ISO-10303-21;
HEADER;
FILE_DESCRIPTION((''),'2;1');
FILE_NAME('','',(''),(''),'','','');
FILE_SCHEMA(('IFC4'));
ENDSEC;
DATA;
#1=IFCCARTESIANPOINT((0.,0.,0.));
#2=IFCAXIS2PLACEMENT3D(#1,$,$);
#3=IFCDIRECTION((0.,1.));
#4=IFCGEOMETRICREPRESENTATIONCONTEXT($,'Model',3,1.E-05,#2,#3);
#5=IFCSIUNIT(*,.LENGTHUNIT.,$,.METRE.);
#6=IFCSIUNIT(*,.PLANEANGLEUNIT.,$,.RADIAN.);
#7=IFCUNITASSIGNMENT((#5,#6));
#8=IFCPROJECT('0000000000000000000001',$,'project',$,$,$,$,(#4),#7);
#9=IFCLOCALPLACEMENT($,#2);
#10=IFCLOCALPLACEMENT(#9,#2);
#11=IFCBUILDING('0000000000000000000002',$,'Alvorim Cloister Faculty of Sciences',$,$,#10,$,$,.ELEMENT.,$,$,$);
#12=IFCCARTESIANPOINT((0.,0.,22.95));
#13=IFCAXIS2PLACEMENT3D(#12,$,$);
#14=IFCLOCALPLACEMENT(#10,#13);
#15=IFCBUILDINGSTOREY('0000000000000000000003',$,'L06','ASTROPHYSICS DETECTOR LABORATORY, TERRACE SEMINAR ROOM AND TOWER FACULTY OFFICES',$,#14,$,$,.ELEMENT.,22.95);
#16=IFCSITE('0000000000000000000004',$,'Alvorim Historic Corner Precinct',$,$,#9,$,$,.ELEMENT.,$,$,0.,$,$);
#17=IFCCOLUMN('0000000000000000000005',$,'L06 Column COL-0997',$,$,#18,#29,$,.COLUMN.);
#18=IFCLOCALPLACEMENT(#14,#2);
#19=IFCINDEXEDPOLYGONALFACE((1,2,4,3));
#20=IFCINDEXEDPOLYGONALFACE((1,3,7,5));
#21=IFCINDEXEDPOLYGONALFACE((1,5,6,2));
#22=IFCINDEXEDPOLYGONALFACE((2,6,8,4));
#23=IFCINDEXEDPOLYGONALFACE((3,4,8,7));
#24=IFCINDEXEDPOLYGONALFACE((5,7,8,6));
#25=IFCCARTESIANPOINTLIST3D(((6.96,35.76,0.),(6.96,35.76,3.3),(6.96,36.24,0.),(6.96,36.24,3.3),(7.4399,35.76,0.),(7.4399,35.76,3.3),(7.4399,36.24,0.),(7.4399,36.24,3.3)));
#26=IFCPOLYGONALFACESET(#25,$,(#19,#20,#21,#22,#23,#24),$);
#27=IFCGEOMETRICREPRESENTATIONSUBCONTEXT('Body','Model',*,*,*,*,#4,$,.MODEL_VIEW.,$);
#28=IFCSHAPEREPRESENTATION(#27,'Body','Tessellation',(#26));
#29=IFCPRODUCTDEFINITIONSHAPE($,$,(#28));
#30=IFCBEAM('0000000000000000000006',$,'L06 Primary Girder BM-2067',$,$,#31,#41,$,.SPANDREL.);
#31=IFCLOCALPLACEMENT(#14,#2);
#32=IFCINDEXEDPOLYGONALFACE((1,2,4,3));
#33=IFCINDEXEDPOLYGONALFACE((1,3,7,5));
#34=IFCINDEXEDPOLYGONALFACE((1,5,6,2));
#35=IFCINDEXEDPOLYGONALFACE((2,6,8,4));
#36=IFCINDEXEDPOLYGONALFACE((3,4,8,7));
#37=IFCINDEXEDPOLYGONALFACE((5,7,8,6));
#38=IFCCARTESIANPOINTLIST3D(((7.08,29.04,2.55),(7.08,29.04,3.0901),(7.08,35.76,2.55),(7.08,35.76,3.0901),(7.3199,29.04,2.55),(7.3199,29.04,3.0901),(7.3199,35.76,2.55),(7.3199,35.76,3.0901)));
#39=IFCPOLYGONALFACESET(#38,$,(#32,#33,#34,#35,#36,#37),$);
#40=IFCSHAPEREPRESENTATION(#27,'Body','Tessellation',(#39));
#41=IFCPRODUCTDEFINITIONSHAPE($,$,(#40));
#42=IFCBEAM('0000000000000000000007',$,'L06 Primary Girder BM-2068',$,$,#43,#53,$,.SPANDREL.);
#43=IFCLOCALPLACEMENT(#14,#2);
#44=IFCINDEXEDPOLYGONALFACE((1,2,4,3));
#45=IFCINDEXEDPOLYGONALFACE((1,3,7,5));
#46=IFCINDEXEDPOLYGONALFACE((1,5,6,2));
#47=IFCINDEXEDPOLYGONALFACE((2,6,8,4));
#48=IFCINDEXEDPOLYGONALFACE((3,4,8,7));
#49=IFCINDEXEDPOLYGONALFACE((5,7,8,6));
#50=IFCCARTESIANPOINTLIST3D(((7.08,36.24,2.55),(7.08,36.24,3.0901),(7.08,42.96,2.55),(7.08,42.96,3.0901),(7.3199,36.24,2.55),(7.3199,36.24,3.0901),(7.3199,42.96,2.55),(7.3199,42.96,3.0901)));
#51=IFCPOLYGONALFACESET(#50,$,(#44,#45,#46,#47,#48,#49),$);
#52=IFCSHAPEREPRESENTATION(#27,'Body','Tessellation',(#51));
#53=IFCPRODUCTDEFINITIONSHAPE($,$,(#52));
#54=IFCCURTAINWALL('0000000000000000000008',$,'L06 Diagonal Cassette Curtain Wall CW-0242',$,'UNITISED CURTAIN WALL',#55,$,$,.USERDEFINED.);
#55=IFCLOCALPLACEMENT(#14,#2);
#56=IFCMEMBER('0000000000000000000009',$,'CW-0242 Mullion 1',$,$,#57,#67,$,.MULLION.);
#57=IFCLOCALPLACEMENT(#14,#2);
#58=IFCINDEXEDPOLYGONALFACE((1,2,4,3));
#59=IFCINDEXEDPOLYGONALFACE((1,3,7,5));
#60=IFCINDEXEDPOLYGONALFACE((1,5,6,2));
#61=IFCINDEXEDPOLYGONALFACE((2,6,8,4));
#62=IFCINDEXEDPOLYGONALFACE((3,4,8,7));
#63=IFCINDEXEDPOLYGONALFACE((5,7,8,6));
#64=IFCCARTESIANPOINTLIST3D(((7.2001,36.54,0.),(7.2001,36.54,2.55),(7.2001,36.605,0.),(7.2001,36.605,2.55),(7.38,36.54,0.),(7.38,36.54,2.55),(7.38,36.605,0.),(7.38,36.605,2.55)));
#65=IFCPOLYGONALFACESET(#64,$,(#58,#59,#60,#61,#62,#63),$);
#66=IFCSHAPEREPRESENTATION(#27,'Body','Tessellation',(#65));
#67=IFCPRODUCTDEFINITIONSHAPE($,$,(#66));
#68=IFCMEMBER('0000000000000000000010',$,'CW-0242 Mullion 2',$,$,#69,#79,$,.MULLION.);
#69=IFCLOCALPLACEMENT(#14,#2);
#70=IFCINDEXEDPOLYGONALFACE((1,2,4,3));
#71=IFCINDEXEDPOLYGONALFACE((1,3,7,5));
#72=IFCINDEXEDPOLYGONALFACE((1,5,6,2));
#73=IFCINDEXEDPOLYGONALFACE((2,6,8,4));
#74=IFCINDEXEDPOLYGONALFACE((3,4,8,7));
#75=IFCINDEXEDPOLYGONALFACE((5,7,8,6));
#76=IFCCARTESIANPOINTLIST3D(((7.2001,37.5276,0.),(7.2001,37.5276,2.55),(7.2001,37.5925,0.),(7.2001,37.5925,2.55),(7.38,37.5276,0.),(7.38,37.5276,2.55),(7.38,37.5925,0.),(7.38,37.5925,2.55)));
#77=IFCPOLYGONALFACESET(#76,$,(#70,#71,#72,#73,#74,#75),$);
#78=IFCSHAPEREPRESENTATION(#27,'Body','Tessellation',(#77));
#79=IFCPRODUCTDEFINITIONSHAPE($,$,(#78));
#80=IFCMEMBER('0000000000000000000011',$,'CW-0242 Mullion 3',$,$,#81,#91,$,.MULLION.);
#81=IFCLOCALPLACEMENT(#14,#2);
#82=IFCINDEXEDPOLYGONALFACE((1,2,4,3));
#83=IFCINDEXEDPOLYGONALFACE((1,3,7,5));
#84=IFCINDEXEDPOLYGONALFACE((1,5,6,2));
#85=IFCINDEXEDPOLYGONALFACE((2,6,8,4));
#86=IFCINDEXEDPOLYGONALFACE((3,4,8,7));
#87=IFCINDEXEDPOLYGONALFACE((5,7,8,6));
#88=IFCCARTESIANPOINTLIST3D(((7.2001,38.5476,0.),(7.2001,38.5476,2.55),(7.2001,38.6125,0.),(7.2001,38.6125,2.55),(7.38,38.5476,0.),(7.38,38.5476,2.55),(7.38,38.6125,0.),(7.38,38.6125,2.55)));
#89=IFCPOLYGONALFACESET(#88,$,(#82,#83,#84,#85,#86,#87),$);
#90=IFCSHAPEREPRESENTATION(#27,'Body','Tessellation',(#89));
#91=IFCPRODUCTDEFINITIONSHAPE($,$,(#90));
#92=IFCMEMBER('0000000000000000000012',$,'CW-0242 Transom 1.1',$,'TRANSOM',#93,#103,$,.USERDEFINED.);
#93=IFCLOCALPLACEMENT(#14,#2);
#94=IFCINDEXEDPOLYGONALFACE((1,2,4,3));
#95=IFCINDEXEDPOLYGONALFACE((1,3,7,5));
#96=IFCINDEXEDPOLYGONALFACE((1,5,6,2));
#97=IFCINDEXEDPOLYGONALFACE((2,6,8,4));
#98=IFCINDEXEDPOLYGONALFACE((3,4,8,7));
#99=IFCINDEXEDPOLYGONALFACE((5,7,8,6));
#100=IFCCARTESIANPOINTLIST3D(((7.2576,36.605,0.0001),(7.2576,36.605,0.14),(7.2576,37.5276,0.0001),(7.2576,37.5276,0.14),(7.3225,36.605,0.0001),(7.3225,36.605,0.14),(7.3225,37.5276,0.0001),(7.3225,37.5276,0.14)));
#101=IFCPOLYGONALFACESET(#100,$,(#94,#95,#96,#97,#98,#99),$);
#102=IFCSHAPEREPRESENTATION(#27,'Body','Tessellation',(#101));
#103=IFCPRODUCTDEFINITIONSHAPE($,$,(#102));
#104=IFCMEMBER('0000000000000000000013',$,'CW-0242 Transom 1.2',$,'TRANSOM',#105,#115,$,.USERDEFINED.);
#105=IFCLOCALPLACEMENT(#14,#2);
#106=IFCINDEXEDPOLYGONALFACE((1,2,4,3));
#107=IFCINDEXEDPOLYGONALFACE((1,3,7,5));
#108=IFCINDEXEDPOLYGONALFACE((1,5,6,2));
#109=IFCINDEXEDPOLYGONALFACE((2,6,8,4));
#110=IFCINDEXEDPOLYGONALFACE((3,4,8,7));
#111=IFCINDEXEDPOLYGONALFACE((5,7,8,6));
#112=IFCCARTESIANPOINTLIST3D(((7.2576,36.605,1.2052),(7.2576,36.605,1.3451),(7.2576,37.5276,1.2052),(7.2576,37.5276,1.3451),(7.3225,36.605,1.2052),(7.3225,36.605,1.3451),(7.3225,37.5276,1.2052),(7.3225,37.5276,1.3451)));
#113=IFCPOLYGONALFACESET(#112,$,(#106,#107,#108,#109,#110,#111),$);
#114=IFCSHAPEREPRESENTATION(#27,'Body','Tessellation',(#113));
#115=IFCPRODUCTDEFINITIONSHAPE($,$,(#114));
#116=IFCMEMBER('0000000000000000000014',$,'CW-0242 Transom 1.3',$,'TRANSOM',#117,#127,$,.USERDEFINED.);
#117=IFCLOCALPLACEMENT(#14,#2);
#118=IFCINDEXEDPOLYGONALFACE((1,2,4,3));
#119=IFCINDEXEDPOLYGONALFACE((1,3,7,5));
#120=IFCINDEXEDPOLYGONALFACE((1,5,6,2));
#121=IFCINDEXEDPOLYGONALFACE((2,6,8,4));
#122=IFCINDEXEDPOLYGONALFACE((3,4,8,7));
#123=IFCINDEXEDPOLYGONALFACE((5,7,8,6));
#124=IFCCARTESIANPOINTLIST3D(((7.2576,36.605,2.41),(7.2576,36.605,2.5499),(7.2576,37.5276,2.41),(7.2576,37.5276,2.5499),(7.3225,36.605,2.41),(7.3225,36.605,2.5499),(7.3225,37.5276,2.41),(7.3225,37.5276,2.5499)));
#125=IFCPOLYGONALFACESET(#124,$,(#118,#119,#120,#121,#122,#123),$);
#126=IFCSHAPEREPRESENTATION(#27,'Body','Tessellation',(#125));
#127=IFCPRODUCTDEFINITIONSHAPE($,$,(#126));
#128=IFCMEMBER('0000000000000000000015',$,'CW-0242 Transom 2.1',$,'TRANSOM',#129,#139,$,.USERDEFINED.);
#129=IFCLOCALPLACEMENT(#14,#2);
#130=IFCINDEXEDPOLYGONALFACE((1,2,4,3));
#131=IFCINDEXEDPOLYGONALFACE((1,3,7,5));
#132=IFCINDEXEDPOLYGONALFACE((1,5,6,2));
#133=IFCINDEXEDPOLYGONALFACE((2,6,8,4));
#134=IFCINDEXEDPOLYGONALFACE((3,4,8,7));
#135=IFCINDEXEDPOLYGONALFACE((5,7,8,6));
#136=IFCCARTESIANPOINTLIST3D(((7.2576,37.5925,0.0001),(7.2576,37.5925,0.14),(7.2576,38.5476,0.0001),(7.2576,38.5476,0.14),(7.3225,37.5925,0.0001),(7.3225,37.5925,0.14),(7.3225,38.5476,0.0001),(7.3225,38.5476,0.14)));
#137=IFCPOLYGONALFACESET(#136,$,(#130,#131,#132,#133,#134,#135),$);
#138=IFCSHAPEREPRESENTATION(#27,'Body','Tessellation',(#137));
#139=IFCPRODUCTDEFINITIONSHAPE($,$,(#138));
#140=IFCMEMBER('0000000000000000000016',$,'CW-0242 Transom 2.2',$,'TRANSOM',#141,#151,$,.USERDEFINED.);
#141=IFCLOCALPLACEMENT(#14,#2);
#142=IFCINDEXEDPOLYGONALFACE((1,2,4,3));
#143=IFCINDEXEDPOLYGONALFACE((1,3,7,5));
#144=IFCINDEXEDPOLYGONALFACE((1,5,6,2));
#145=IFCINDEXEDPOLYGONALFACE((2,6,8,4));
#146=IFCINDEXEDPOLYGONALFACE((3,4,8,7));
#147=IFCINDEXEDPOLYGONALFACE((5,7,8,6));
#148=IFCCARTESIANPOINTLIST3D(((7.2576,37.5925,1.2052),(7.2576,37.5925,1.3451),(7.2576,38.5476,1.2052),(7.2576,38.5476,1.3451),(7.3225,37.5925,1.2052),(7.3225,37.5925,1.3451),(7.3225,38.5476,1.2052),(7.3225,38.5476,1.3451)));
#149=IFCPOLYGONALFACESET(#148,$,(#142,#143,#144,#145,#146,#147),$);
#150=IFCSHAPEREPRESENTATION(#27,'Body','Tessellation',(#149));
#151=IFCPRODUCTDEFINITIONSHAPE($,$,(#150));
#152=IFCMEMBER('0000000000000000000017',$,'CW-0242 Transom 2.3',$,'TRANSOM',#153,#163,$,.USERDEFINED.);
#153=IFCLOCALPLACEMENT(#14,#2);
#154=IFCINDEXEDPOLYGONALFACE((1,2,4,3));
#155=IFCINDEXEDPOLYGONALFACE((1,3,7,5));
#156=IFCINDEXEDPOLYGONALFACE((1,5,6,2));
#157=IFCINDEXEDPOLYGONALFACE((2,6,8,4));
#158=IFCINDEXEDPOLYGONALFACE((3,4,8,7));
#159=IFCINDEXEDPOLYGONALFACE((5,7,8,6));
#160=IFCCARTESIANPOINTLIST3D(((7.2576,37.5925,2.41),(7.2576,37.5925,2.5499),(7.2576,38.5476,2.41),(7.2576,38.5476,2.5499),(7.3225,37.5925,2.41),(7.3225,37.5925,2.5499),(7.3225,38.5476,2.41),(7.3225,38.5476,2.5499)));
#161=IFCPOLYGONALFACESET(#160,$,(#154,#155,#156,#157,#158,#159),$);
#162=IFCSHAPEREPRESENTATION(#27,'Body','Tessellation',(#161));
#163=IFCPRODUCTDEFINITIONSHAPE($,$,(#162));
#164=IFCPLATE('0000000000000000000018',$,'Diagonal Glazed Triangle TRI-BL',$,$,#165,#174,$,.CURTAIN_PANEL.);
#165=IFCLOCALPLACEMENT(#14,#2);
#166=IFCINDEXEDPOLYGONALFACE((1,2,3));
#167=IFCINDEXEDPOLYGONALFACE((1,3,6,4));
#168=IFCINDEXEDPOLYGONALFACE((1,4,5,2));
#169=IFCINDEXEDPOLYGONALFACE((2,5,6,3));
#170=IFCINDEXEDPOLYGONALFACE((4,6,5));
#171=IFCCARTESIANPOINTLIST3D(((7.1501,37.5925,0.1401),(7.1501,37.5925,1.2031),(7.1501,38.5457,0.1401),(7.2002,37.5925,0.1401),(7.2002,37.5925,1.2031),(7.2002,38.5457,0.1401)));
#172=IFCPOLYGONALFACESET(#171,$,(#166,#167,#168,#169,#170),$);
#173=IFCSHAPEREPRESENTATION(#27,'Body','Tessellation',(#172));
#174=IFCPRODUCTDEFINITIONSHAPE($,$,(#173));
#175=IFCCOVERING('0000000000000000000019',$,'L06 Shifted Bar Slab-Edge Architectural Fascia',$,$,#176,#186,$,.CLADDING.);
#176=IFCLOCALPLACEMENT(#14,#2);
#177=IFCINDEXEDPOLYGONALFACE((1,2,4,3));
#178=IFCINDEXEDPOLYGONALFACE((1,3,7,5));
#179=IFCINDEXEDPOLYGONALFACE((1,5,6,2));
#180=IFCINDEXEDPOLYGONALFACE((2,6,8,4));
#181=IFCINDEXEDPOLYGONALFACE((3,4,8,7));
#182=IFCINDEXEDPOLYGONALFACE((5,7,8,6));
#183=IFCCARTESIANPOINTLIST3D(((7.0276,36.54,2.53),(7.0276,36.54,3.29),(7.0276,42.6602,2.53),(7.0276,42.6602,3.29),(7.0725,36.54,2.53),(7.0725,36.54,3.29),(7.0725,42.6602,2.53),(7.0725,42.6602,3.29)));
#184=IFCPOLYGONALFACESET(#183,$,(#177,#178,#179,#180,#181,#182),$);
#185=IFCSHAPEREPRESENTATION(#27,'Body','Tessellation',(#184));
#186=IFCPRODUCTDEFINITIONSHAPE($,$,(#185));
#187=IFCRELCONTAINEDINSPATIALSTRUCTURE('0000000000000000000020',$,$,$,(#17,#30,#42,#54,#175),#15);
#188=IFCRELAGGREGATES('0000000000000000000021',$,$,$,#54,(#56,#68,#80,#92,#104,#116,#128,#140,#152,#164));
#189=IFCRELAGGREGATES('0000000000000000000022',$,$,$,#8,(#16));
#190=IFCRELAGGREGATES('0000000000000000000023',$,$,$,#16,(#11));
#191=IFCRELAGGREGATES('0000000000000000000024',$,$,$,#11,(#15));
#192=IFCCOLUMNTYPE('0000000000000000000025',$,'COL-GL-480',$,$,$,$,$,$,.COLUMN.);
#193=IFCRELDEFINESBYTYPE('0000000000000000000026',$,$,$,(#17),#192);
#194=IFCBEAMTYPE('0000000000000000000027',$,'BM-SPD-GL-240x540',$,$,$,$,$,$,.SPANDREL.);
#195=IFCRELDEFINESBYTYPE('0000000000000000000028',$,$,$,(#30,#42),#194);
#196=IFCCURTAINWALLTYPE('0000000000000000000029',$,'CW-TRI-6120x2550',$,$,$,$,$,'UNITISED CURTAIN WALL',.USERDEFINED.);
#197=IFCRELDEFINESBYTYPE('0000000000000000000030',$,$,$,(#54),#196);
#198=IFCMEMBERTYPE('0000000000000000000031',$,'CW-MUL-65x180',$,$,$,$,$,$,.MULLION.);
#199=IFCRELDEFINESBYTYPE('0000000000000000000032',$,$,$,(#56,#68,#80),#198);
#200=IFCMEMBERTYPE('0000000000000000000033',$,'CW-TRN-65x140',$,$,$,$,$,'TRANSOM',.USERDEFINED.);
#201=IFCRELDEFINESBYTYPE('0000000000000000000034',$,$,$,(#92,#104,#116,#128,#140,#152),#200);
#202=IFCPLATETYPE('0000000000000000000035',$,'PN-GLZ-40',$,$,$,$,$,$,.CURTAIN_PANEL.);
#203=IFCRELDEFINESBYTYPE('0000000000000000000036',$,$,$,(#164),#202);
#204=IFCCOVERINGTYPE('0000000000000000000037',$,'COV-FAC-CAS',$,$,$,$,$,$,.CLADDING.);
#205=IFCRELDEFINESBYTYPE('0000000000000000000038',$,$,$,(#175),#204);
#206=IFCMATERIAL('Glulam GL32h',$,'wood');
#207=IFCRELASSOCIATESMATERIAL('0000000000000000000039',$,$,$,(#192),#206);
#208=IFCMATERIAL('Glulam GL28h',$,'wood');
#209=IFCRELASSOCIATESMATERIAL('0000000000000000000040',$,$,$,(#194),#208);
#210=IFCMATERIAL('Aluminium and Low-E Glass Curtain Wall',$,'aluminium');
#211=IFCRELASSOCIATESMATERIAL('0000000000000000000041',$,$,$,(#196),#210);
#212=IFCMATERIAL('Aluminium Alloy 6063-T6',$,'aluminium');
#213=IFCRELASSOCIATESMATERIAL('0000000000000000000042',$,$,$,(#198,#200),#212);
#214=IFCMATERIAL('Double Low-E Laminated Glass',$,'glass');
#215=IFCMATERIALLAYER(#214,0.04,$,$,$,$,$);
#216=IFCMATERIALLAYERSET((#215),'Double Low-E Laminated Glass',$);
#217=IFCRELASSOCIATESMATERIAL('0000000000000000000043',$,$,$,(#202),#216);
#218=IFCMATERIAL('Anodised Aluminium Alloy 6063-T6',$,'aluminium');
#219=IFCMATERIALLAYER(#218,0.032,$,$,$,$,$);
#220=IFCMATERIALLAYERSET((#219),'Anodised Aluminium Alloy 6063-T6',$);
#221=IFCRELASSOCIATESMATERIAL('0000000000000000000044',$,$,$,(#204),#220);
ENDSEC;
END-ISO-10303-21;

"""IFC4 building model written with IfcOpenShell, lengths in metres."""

from ifc_helpers import new_model, si_unit, direction, frame, origin, origin_2d, place, context, subcontext, project, spatial, polyline, rectangle, outline, extrude, material, layer, layer_set, material_profile, profile_set, type_object, element, aggregate, save


model = new_model("IFC4")

# Units and contexts
model_context = context("Model", 3, precision=1e-05, world=origin(), true_north=direction((0.0, 1.0)))
body_context = subcontext(model_context, "Body", "Model", "MODEL_VIEW")
ifc_project = project(units=[si_unit("LENGTHUNIT", "METRE"), si_unit("PLANEANGLEUNIT", "RADIAN")], contexts=[model_context])

# Site, building, storey
site_placement = place(None, origin())
site = spatial("IfcSite", under=ifc_project, at=site_placement, Name="Alvorim Historic Corner Precinct", CompositionType="ELEMENT", RefElevation=0.0)
building_placement = place(site_placement, origin())
building = spatial("IfcBuilding", under=site, at=building_placement, Name="Alvorim Cloister Faculty of Sciences", CompositionType="ELEMENT")
storey_placement = place(building_placement, frame((0.0, 0.0, 22.95)))
storey = spatial("IfcBuildingStorey", under=building, at=storey_placement, Name="L06", Description="ASTROPHYSICS DETECTOR LABORATORY, TERRACE SEMINAR ROOM AND TOWER FACULTY OFFICES", CompositionType="ELEMENT", Elevation=22.95)

# Column
ifc_material_1 = material(Name="Glulam GL32h", Category="wood")
ifc_material_profile_1 = material_profile(ifc_material_1, rectangle(XDim=0.48, YDim=0.48, at=origin_2d()), Name="GL32-COL-480x480")
ifc_profile_set_1 = profile_set([ifc_material_profile_1], Name="Glulam GL32h")
column_type = type_object("IfcColumnType", Name="COL-GL-480", PredefinedType="COLUMN", material=ifc_profile_set_1)
column_placement = place(storey_placement, frame((7.2, 36.0, 0.0), z_axis=(0.0, 0.0, 1.0), x_axis=(1.0, 0.0, 0.0)))
element("IfcColumn", 1, at=column_placement, inside=storey, type_object=column_type, Name="L06 Column COL-0997", PredefinedType="COLUMN", context=body_context, shape_type="SweptSolid", body=[
    extrude(rectangle(XDim=0.48, YDim=0.48, at=origin_2d()), origin(), (0.0, 0.0, 1.0), 3.3),
])

# Beams
ifc_material_2 = material(Name="Glulam GL28h", Category="wood")
ifc_material_profile_2 = material_profile(ifc_material_2, rectangle(XDim=0.24, YDim=0.54, at=origin_2d()), Name="GL28-SPD-240x540")
ifc_profile_set_2 = profile_set([ifc_material_profile_2], Name="Glulam GL28h")
beam_type = type_object("IfcBeamType", Name="BM-SPD-GL-240x540", PredefinedType="SPANDREL", material=ifc_profile_set_2)
for number, where, z_axis, x_axis, name in (
    (2, (7.2, 29.04, 2.8201), (0.0, 1.0, 0.0), (-1.0, 0.0, 0.0), "L06 Primary Girder BM-2067"),
    (3, (7.2, 36.24, 2.8201), (0.0, 1.0, 0.0), (-1.0, 0.0, 0.0), "L06 Primary Girder BM-2068"),
):
    element("IfcBeam", number, at=place(storey_placement, frame(where, z_axis=z_axis, x_axis=x_axis)), inside=storey, type_object=beam_type, Name=name, PredefinedType="SPANDREL", context=body_context, shape_type="SweptSolid", body=[
        extrude(rectangle(XDim=0.24, YDim=0.54, at=origin_2d()), origin(), (0.0, 0.0, 1.0), 6.72),
    ])

# Curtain wall, members, plate
ifc_material_3 = material(Name="Aluminium and Low-E Glass Curtain Wall", Category="aluminium")
curtain_wall_type = type_object("IfcCurtainWallType", Name="CW-TRI-6120x2550", ElementType="UNITISED CURTAIN WALL", PredefinedType="USERDEFINED", material=ifc_material_3)
curtain_wall_placement = place(storey_placement, origin())
curtain_wall = element("IfcCurtainWall", 4, at=curtain_wall_placement, inside=storey, type_object=curtain_wall_type, Name="L06 Diagonal Cassette Curtain Wall CW-0242", ObjectType="UNITISED CURTAIN WALL", PredefinedType="USERDEFINED")
ifc_material_4 = material(Name="Aluminium Alloy 6063-T6", Category="aluminium")
ifc_material_profile_3 = material_profile(ifc_material_4, rectangle(XDim=0.0649, YDim=0.1799, at=origin_2d()), Name="ALU-MUL-65x180")
ifc_profile_set_3 = profile_set([ifc_material_profile_3], Name="Aluminium Alloy 6063-T6")
member_type_1 = type_object("IfcMemberType", Name="CW-MUL-65x180", PredefinedType="MULLION", material=ifc_profile_set_3)
member_1_placement = place(storey_placement, frame((7.29, 36.5725, 0.0), z_axis=(0.0, 0.0, 1.0), x_axis=(0.0, 1.0, 0.0)))
member_1 = element("IfcMember", 5, at=member_1_placement, type_object=member_type_1, Name="CW-0242 Mullion 1", PredefinedType="MULLION", context=body_context, shape_type="SweptSolid", body=[
    extrude(rectangle(XDim=0.0649, YDim=0.1799, at=origin_2d()), origin(), (0.0, 0.0, 1.0), 2.55),
])
member_2_placement = place(storey_placement, frame((7.29, 37.5601, 0.0), z_axis=(0.0, 0.0, 1.0), x_axis=(0.0, 1.0, 0.0)))
member_2 = element("IfcMember", 6, at=member_2_placement, type_object=member_type_1, Name="CW-0242 Mullion 2", PredefinedType="MULLION", context=body_context, shape_type="SweptSolid", body=[
    extrude(rectangle(XDim=0.0649, YDim=0.1799, at=origin_2d()), origin(), (0.0, 0.0, 1.0), 2.55),
])
member_3_placement = place(storey_placement, frame((7.29, 38.5801, 0.0), z_axis=(0.0, 0.0, 1.0), x_axis=(0.0, 1.0, 0.0)))
member_3 = element("IfcMember", 7, at=member_3_placement, type_object=member_type_1, Name="CW-0242 Mullion 3", PredefinedType="MULLION", context=body_context, shape_type="SweptSolid", body=[
    extrude(rectangle(XDim=0.0649, YDim=0.1799, at=origin_2d()), origin(), (0.0, 0.0, 1.0), 2.55),
])
ifc_material_profile_4 = material_profile(ifc_material_4, rectangle(XDim=0.0649, YDim=0.1399, at=origin_2d()), Name="ALU-TRN-65x140")
ifc_profile_set_4 = profile_set([ifc_material_profile_4], Name="Aluminium Alloy 6063-T6")
member_type_2 = type_object("IfcMemberType", Name="CW-TRN-65x140", ElementType="TRANSOM", PredefinedType="USERDEFINED", material=ifc_profile_set_4)
member_4_placement = place(storey_placement, frame((7.29, 36.605, 0.0701), z_axis=(0.0, 1.0, 0.0), x_axis=(-1.0, 0.0, 0.0)))
member_4 = element("IfcMember", 8, at=member_4_placement, type_object=member_type_2, Name="CW-0242 Transom 1.1", ObjectType="TRANSOM", PredefinedType="USERDEFINED", context=body_context, shape_type="SweptSolid", body=[
    extrude(rectangle(XDim=0.0649, YDim=0.1399, at=origin_2d()), origin(), (0.0, 0.0, 1.0), 0.9226),
])
member_5_placement = place(storey_placement, frame((7.29, 36.605, 1.2751), z_axis=(0.0, 1.0, 0.0), x_axis=(-1.0, 0.0, 0.0)))
member_5 = element("IfcMember", 9, at=member_5_placement, type_object=member_type_2, Name="CW-0242 Transom 1.2", ObjectType="TRANSOM", PredefinedType="USERDEFINED", context=body_context, shape_type="SweptSolid", body=[
    extrude(rectangle(XDim=0.0649, YDim=0.1399, at=origin_2d()), origin(), (0.0, 0.0, 1.0), 0.9226),
])
member_6_placement = place(storey_placement, frame((7.29, 36.605, 2.48), z_axis=(0.0, 1.0, 0.0), x_axis=(-1.0, 0.0, 0.0)))
member_6 = element("IfcMember", 10, at=member_6_placement, type_object=member_type_2, Name="CW-0242 Transom 1.3", ObjectType="TRANSOM", PredefinedType="USERDEFINED", context=body_context, shape_type="SweptSolid", body=[
    extrude(rectangle(XDim=0.0649, YDim=0.1399, at=origin_2d()), origin(), (0.0, 0.0, 1.0), 0.9226),
])
member_7_placement = place(storey_placement, frame((7.29, 37.5925, 0.0701), z_axis=(0.0, 1.0, 0.0), x_axis=(-1.0, 0.0, 0.0)))
member_7 = element("IfcMember", 11, at=member_7_placement, type_object=member_type_2, Name="CW-0242 Transom 2.1", ObjectType="TRANSOM", PredefinedType="USERDEFINED", context=body_context, shape_type="SweptSolid", body=[
    extrude(rectangle(XDim=0.0649, YDim=0.1399, at=origin_2d()), origin(), (0.0, 0.0, 1.0), 0.9551),
])
member_8_placement = place(storey_placement, frame((7.29, 37.5925, 1.2751), z_axis=(0.0, 1.0, 0.0), x_axis=(-1.0, 0.0, 0.0)))
member_8 = element("IfcMember", 12, at=member_8_placement, type_object=member_type_2, Name="CW-0242 Transom 2.2", ObjectType="TRANSOM", PredefinedType="USERDEFINED", context=body_context, shape_type="SweptSolid", body=[
    extrude(rectangle(XDim=0.0649, YDim=0.1399, at=origin_2d()), origin(), (0.0, 0.0, 1.0), 0.9551),
])
member_9_placement = place(storey_placement, frame((7.29, 37.5925, 2.48), z_axis=(0.0, 1.0, 0.0), x_axis=(-1.0, 0.0, 0.0)))
member_9 = element("IfcMember", 13, at=member_9_placement, type_object=member_type_2, Name="CW-0242 Transom 2.3", ObjectType="TRANSOM", PredefinedType="USERDEFINED", context=body_context, shape_type="SweptSolid", body=[
    extrude(rectangle(XDim=0.0649, YDim=0.1399, at=origin_2d()), origin(), (0.0, 0.0, 1.0), 0.9551),
])
ifc_material_5 = material(Name="Double Low-E Laminated Glass", Category="glass")
ifc_layer_1 = layer(ifc_material_5, 0.04)
ifc_layer_set_1 = layer_set([ifc_layer_1], Name="Double Low-E Laminated Glass")
plate_type = type_object("IfcPlateType", Name="PN-GLZ-40", PredefinedType="CURTAIN_PANEL", material=ifc_layer_set_1)
plate_1_placement = place(storey_placement, frame((7.175, 37.5925, 0.1401), z_axis=(0.0, 0.0, 1.0), x_axis=(0.0, 1.0, 0.0)))
plate_1 = element("IfcPlate", 14, at=plate_1_placement, type_object=plate_type, Name="Diagonal Glazed Triangle TRI-BL", PredefinedType="CURTAIN_PANEL", context=body_context, shape_type="SweptSolid", body=[
    extrude(outline(polyline([(0.0, 0.0), (0.9531, 0.0), (0.0, 1.063), (0.0, 0.0)])), frame((0.0, 0.0249, 0.0), z_axis=(0.0, -1.0, 0.0), x_axis=(1.0, 0.0, 0.0)), (0.0, 0.0, 1.0), 0.05),
])
aggregate(curtain_wall, [member_1, member_2, member_3, member_4, member_5, member_6, member_7, member_8, member_9, plate_1])

# Covering
ifc_material_6 = material(Name="Anodised Aluminium Alloy 6063-T6", Category="aluminium")
ifc_layer_2 = layer(ifc_material_6, 0.032)
ifc_layer_set_2 = layer_set([ifc_layer_2], Name="Anodised Aluminium Alloy 6063-T6")
covering_type = type_object("IfcCoveringType", Name="COV-FAC-CAS", PredefinedType="CLADDING", material=ifc_layer_set_2)
covering_placement = place(storey_placement, frame((7.05, 36.54, 2.53), z_axis=(0.0, 0.0, 1.0), x_axis=(0.0, 1.0, 0.0)))
element("IfcCovering", 15, at=covering_placement, inside=storey, type_object=covering_type, Name="L06 Shifted Bar Slab-Edge Architectural Fascia", PredefinedType="CLADDING", context=body_context, shape_type="SweptSolid", body=[
    extrude(outline(polyline([(0.0, 0.0), (6.1201, 0.0), (6.1201, 0.76), (0.0, 0.76), (0.0, 0.0)])), frame((0.0, 0.0225, 0.0), z_axis=(0.0, -1.0, 0.0), x_axis=(1.0, 0.0, 0.0)), (0.0, 0.0, 1.0), 0.0449),
])

save(model, "model.ifc")
